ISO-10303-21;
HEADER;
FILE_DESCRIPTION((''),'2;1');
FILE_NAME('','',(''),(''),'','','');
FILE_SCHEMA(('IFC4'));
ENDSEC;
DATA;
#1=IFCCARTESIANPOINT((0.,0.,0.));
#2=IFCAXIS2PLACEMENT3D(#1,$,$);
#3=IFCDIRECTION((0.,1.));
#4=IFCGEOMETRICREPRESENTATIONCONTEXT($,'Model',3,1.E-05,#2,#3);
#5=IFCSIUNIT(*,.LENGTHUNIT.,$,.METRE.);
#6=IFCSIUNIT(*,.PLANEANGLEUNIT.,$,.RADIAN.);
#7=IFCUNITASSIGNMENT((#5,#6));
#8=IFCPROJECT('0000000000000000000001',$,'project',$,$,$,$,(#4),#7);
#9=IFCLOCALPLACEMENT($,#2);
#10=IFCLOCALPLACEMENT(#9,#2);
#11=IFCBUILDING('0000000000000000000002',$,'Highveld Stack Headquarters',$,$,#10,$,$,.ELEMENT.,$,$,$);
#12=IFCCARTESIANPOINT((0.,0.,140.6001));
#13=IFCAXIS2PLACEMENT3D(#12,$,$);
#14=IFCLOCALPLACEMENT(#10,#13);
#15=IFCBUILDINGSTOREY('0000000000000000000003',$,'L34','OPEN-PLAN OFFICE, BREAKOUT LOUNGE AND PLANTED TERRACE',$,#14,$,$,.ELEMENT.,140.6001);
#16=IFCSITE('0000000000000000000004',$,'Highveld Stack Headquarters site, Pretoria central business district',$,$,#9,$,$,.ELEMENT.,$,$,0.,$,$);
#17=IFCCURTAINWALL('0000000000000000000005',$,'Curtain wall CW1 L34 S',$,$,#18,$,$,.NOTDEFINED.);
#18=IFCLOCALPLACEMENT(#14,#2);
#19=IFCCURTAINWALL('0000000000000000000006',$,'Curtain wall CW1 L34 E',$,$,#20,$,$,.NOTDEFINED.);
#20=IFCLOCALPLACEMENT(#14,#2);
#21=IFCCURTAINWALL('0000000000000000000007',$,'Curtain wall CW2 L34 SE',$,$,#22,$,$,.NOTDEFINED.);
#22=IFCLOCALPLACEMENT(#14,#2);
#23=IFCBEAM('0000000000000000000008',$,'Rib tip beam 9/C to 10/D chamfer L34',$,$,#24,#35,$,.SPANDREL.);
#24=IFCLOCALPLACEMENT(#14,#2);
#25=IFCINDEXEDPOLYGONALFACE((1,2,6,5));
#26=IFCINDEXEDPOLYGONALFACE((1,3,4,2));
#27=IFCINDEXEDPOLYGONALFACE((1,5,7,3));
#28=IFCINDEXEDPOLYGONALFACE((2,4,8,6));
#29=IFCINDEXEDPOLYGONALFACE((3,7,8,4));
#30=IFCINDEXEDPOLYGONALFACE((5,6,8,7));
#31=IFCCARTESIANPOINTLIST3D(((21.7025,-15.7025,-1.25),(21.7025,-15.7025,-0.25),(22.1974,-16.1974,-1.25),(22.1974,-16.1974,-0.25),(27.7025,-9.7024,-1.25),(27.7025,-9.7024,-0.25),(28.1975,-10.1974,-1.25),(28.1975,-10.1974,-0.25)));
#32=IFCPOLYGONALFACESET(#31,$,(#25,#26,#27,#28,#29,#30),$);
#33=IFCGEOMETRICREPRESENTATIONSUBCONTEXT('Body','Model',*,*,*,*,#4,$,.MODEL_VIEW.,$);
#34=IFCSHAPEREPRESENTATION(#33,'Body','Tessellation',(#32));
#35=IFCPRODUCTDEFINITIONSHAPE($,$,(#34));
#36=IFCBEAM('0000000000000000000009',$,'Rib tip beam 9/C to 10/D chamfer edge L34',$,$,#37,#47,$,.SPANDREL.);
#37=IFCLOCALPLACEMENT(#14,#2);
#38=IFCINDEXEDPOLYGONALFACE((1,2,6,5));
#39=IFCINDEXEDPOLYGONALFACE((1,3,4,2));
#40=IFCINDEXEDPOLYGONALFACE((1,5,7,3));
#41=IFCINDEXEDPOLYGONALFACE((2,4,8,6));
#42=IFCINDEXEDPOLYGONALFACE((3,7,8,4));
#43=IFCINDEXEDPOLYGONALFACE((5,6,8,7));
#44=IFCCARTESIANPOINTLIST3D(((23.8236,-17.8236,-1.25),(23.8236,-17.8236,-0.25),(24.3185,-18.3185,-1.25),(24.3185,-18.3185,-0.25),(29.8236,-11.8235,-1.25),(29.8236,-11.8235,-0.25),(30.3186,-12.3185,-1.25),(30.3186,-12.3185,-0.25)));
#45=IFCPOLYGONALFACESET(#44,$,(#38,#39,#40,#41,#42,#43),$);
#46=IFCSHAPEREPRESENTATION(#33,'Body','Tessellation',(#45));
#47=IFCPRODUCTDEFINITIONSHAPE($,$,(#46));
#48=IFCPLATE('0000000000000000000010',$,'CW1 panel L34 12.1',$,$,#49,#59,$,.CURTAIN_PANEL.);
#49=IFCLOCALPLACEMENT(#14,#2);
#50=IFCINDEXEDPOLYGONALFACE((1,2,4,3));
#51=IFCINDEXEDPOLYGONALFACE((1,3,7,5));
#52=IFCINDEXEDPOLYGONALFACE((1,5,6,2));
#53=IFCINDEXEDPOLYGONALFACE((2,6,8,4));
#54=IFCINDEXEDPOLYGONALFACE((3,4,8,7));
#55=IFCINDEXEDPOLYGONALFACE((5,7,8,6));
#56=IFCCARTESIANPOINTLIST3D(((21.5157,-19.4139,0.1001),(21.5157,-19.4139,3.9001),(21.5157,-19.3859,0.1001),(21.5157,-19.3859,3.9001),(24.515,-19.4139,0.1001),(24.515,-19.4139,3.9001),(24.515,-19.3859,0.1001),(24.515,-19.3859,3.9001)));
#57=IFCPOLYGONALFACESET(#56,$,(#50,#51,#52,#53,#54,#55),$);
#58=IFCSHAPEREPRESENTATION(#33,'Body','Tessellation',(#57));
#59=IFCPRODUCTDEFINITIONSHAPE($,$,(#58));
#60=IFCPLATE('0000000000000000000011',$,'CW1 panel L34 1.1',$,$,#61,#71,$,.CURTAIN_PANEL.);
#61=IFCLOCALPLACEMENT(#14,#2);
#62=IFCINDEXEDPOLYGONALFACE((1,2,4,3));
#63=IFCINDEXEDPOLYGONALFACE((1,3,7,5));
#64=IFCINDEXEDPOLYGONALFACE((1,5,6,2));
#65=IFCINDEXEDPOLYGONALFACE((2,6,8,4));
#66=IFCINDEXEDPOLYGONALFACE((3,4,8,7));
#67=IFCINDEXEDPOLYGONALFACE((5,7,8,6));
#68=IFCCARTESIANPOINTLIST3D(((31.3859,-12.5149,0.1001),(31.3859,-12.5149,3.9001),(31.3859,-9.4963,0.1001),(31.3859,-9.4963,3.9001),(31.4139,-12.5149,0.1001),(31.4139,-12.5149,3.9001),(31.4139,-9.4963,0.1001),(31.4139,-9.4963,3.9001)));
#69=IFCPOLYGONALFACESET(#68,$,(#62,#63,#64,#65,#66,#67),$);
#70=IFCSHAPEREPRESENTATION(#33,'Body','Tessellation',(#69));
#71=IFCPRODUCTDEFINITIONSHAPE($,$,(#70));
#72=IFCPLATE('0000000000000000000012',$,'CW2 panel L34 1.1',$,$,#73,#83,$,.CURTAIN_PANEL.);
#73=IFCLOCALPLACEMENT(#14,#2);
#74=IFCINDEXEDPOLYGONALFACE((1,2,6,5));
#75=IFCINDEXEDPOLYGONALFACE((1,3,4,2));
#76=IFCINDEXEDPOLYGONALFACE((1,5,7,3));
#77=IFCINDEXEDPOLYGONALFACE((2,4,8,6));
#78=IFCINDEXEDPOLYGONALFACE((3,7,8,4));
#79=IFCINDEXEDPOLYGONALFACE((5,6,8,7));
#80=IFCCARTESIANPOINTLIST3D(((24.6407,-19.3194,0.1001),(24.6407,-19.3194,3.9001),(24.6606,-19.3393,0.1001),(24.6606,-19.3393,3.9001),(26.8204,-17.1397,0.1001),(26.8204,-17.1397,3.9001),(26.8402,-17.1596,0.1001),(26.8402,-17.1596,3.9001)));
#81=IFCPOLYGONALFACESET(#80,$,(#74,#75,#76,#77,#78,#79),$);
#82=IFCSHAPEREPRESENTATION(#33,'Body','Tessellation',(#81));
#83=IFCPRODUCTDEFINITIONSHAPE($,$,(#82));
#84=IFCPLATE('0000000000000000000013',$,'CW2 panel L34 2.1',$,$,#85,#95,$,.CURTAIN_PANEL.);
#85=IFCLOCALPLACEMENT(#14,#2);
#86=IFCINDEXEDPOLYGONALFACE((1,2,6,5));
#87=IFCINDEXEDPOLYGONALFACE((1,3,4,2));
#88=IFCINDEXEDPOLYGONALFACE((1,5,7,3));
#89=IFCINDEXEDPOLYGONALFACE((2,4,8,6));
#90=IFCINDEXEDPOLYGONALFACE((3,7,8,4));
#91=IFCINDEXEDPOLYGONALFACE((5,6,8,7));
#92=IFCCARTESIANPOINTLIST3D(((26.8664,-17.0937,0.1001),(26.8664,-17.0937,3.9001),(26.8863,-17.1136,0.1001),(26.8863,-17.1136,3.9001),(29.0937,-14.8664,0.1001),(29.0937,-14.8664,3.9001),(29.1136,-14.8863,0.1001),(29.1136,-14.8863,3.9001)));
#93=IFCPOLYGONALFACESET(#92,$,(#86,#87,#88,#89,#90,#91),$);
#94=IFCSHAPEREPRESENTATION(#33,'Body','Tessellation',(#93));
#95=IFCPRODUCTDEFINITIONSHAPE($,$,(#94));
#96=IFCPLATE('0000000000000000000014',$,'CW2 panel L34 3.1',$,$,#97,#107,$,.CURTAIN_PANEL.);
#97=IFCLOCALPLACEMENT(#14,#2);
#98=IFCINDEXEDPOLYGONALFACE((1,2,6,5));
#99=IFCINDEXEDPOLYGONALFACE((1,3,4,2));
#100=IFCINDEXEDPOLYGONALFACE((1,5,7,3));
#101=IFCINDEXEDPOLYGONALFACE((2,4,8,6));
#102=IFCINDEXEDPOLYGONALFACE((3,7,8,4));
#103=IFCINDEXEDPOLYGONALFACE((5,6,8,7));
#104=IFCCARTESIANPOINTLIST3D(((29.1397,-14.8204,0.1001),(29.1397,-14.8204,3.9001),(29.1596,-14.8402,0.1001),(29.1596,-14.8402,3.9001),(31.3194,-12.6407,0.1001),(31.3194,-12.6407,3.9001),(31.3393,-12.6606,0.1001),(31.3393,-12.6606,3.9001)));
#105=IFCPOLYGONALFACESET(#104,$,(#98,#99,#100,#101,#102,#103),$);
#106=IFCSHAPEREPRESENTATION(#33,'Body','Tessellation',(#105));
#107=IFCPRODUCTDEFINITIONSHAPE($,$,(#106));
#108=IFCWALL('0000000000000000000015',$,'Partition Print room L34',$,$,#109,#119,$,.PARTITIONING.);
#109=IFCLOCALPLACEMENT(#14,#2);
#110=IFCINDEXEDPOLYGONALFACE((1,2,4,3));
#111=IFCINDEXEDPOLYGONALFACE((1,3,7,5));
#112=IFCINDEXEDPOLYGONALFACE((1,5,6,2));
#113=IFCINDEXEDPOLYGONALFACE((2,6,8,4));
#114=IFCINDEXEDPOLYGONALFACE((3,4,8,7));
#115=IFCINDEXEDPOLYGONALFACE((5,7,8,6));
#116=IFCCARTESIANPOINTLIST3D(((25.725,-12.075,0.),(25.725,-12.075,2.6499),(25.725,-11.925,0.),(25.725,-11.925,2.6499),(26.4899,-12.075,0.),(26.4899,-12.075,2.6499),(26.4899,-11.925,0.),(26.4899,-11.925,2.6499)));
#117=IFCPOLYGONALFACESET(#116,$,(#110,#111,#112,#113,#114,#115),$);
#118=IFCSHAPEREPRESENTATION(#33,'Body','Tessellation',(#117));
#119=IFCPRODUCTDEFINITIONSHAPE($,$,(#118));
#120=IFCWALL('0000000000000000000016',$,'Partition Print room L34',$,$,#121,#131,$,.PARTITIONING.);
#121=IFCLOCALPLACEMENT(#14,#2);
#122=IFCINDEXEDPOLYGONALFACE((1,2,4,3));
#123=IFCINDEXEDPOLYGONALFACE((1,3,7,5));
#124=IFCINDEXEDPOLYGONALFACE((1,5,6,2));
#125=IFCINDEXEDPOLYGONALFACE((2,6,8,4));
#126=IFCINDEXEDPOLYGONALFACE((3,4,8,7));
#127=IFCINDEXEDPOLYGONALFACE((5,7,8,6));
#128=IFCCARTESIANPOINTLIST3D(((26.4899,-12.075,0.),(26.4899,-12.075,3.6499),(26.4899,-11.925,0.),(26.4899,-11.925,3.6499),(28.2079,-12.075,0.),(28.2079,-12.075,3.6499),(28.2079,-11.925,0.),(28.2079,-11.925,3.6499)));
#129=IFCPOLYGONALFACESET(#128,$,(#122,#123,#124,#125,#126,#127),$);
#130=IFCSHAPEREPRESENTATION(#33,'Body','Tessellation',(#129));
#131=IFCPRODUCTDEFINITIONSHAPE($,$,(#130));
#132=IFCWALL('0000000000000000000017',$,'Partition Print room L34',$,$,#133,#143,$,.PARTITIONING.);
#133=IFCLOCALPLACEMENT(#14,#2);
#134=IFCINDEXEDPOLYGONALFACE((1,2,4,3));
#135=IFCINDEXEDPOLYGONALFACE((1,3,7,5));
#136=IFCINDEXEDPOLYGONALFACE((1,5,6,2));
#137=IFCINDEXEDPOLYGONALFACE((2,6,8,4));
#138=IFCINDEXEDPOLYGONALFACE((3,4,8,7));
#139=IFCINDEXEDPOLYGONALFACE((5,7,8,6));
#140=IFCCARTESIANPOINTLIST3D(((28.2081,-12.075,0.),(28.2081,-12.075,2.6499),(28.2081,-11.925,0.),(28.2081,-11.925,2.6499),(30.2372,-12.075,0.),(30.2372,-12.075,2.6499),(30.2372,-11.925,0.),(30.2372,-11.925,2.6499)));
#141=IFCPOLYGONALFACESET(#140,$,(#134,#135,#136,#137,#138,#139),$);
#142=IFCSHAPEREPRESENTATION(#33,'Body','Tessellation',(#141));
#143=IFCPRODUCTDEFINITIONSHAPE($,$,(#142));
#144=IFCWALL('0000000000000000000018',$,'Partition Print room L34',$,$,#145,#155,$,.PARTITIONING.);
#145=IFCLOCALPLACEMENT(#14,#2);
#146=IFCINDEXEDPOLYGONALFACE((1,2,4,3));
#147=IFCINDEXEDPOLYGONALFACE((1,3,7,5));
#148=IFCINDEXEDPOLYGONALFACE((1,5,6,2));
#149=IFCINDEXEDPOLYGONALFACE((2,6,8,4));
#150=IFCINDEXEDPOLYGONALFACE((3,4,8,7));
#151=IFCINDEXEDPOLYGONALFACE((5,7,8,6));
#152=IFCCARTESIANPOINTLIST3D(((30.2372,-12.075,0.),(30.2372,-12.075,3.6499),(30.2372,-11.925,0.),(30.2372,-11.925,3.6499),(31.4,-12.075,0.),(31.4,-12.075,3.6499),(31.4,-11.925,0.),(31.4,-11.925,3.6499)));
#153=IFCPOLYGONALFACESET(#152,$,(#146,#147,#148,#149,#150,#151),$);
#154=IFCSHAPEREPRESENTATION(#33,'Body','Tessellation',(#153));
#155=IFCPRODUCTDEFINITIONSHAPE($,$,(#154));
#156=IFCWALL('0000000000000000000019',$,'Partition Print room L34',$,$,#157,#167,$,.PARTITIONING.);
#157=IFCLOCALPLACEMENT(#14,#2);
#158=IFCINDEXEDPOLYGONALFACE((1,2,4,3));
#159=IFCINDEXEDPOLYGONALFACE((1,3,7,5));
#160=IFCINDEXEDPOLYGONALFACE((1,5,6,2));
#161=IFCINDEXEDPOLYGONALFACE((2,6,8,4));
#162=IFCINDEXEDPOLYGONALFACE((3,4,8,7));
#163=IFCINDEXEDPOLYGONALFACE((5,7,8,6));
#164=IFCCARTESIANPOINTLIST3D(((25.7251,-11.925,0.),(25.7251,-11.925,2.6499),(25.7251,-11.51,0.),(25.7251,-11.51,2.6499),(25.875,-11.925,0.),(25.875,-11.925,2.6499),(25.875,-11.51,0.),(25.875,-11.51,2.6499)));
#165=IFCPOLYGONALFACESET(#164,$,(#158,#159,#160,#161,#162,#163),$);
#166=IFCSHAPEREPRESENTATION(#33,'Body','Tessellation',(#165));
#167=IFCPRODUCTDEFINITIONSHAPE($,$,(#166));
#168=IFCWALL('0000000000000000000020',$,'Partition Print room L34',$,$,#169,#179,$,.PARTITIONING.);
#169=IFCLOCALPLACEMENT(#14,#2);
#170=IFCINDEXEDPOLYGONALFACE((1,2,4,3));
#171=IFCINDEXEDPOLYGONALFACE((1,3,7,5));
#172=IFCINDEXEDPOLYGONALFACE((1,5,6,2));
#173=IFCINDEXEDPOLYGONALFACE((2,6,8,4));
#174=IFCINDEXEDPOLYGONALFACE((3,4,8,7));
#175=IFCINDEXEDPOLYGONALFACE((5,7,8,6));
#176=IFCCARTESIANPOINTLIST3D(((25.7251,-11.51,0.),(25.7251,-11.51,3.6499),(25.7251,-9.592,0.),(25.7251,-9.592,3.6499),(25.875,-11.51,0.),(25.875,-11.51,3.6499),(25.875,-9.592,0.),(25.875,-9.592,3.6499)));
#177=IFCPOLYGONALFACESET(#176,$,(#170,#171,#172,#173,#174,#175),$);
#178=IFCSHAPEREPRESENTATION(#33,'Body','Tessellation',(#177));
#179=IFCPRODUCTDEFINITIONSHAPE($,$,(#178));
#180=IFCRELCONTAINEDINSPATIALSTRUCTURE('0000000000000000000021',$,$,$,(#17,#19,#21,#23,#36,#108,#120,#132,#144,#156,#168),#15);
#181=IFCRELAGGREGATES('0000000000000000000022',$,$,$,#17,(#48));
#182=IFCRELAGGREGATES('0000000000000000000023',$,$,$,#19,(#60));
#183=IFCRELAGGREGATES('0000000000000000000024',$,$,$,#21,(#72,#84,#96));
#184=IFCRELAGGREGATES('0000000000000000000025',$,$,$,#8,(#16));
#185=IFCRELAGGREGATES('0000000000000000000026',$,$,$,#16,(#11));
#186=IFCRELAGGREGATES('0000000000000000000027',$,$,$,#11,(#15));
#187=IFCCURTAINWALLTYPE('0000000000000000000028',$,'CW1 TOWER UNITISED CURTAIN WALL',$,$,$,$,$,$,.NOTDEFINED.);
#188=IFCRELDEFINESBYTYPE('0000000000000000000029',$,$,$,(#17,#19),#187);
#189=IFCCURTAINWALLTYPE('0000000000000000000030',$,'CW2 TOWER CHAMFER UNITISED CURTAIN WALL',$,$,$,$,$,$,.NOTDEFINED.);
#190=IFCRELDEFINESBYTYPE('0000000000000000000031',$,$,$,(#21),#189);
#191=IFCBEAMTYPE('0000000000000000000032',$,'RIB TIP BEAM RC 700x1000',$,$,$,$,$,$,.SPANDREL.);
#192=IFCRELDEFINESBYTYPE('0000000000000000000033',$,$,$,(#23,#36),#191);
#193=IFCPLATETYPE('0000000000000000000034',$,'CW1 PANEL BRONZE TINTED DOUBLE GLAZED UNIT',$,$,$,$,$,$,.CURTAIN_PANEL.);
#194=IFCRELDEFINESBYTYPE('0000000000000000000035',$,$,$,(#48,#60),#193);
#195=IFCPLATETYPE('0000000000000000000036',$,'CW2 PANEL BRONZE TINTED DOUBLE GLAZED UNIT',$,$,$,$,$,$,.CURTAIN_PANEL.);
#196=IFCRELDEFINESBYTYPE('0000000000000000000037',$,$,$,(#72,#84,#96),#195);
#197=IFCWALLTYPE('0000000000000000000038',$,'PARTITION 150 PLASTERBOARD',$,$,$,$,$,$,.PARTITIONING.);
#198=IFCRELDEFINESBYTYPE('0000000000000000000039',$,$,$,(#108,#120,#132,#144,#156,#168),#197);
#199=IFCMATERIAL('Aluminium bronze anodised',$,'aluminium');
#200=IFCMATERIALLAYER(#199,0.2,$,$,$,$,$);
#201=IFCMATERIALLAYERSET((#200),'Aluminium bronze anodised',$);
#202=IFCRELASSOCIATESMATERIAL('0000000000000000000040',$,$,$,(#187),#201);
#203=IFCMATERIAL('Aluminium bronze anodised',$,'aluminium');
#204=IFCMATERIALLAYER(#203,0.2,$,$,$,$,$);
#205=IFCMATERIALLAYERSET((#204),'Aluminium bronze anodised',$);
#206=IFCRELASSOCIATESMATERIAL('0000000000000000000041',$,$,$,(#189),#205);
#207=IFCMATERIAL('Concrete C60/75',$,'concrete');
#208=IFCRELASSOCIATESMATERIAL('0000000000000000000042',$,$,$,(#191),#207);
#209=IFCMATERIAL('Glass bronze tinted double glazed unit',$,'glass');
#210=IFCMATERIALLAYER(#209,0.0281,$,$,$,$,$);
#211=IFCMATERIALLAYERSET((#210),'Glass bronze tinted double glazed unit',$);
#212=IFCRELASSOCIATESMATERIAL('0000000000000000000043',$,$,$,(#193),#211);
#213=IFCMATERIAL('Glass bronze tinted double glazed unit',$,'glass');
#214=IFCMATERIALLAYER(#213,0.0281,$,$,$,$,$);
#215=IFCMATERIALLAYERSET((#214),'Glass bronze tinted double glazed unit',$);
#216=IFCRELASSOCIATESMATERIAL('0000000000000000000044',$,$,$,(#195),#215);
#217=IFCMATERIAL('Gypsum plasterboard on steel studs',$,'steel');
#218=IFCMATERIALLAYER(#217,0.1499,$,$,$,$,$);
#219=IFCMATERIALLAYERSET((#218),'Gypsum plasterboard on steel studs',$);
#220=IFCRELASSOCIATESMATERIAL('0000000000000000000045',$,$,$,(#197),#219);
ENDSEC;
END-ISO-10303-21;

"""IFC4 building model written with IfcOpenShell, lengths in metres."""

from ifc_helpers import new_model, si_unit, direction, frame, frame_2d, origin, origin_2d, place, context, subcontext, project, spatial, rectangle, extrude, material, layer, layer_set, material_profile, profile_set, type_object, element, aggregate, save


model = new_model("IFC4")

# Units and contexts
model_context = context("Model", 3, precision=1e-05, world=origin(), true_north=direction((0.0, 1.0)))
body_context = subcontext(model_context, "Body", "Model", "MODEL_VIEW")
ifc_project = project(units=[si_unit("LENGTHUNIT", "METRE"), si_unit("PLANEANGLEUNIT", "RADIAN")], contexts=[model_context])

# Site, building, storey
site_placement = place(None, origin())
site = spatial("IfcSite", under=ifc_project, at=site_placement, Name="Highveld Stack Headquarters site, Pretoria central business district", CompositionType="ELEMENT", RefElevation=0.0)
building_placement = place(site_placement, origin())
building = spatial("IfcBuilding", under=site, at=building_placement, Name="Highveld Stack Headquarters", CompositionType="ELEMENT")
storey_placement = place(building_placement, frame((0.0, 0.0, 140.6001)))
storey = spatial("IfcBuildingStorey", under=building, at=storey_placement, Name="L34", Description="OPEN-PLAN OFFICE, BREAKOUT LOUNGE AND PLANTED TERRACE", CompositionType="ELEMENT", Elevation=140.6001)

# Curtain walls
ifc_material_1 = material(Name="Aluminium bronze anodised", Category="aluminium")
ifc_layer_1 = layer(ifc_material_1, 0.2)
ifc_layer_set_1 = layer_set([ifc_layer_1], Name="Aluminium bronze anodised")
curtain_wall_type_1 = type_object("IfcCurtainWallType", Name="CW1 TOWER UNITISED CURTAIN WALL", PredefinedType="NOTDEFINED", material=ifc_layer_set_1)
curtain_wall_1_placement = place(storey_placement, origin())
curtain_wall_1 = element("IfcCurtainWall", 1, at=curtain_wall_1_placement, inside=storey, type_object=curtain_wall_type_1, Name="Curtain wall CW1 L34 S", PredefinedType="NOTDEFINED")
curtain_wall_2_placement = place(storey_placement, origin())
curtain_wall_2 = element("IfcCurtainWall", 2, at=curtain_wall_2_placement, inside=storey, type_object=curtain_wall_type_1, Name="Curtain wall CW1 L34 E", PredefinedType="NOTDEFINED")

# Curtain wall
ifc_material_2 = material(Name="Aluminium bronze anodised", Category="aluminium")
ifc_layer_2 = layer(ifc_material_2, 0.2)
ifc_layer_set_2 = layer_set([ifc_layer_2], Name="Aluminium bronze anodised")
curtain_wall_type_2 = type_object("IfcCurtainWallType", Name="CW2 TOWER CHAMFER UNITISED CURTAIN WALL", PredefinedType="NOTDEFINED", material=ifc_layer_set_2)
curtain_wall_3_placement = place(storey_placement, origin())
curtain_wall_3 = element("IfcCurtainWall", 3, at=curtain_wall_3_placement, inside=storey, type_object=curtain_wall_type_2, Name="Curtain wall CW2 L34 SE", PredefinedType="NOTDEFINED")

# Beams
ifc_material_3 = material(Name="Concrete C60/75", Category="concrete")
ifc_material_profile_1 = material_profile(ifc_material_3, rectangle(XDim=0.7, YDim=1.0, at=origin_2d()), Name="RC 700x1000")
ifc_profile_set_1 = profile_set([ifc_material_profile_1], Name="Concrete C60/75")
beam_type = type_object("IfcBeamType", Name="RIB TIP BEAM RC 700x1000", PredefinedType="SPANDREL", material=ifc_profile_set_1)
for number, where, z_axis, x_axis, name in (
    (4, (21.95, -15.95, -0.75), (0.707107, 0.707107, 0.0), (-0.707107, 0.707107, 0.0), "Rib tip beam 9/C to 10/D chamfer L34"),
    (5, (24.071, -18.071, -0.75), (0.707107, 0.707107, 0.0), (-0.707107, 0.707107, 0.0), "Rib tip beam 9/C to 10/D chamfer edge L34"),
):
    element("IfcBeam", number, at=place(storey_placement, frame(where, z_axis=z_axis, x_axis=x_axis)), inside=storey, type_object=beam_type, Name=name, PredefinedType="SPANDREL", context=body_context, shape_type="SweptSolid", body=[
        extrude(rectangle(XDim=0.7, YDim=1.0, at=origin_2d()), origin(), (0.0, 0.0, 1.0), 8.4854),
    ])

# Plates
ifc_material_4 = material(Name="Glass bronze tinted double glazed unit", Category="glass")
ifc_layer_3 = layer(ifc_material_4, 0.0281)
ifc_layer_set_3 = layer_set([ifc_layer_3], Name="Glass bronze tinted double glazed unit")
plate_type_1 = type_object("IfcPlateType", Name="CW1 PANEL BRONZE TINTED DOUBLE GLAZED UNIT", PredefinedType="CURTAIN_PANEL", material=ifc_layer_set_3)
plate_1_placement = place(storey_placement, frame((23.0154, -19.3999, 0.1001), z_axis=(0.0, 0.0, 1.0), x_axis=(1.0, 0.0, 0.0)))
plate_1 = element("IfcPlate", 6, at=plate_1_placement, type_object=plate_type_1, Name="CW1 panel L34 12.1", PredefinedType="CURTAIN_PANEL", context=body_context, shape_type="SweptSolid", body=[
    extrude(rectangle(XDim=2.9993, YDim=0.0281, at=origin_2d()), origin(), (0.0, 0.0, 1.0), 3.8),
])
aggregate(curtain_wall_1, [plate_1])
plate_2_placement = place(storey_placement, frame((31.3999, -11.0056, 0.1001), z_axis=(0.0, 0.0, 1.0), x_axis=(0.0, 1.0, 0.0)))
plate_2 = element("IfcPlate", 7, at=plate_2_placement, type_object=plate_type_1, Name="CW1 panel L34 1.1", PredefinedType="CURTAIN_PANEL", context=body_context, shape_type="SweptSolid", body=[
    extrude(rectangle(XDim=3.0186, YDim=0.0281, at=origin_2d()), origin(), (0.0, 0.0, 1.0), 3.8),
])
aggregate(curtain_wall_2, [plate_2])
ifc_material_5 = material(Name="Glass bronze tinted double glazed unit", Category="glass")
ifc_layer_4 = layer(ifc_material_5, 0.0281)
ifc_layer_set_4 = layer_set([ifc_layer_4], Name="Glass bronze tinted double glazed unit")
plate_type_2 = type_object("IfcPlateType", Name="CW2 PANEL BRONZE TINTED DOUBLE GLAZED UNIT", PredefinedType="CURTAIN_PANEL", material=ifc_layer_set_4)
plate_3_placement = place(storey_placement, frame((25.7405, -18.2395, 0.1001), z_axis=(0.0, 0.0, 1.0), x_axis=(0.707107, 0.707107, 0.0)))
plate_3 = element("IfcPlate", 8, at=plate_3_placement, type_object=plate_type_2, Name="CW2 panel L34 1.1", PredefinedType="CURTAIN_PANEL", context=body_context, shape_type="SweptSolid", body=[
    extrude(rectangle(XDim=3.0825, YDim=0.0281, at=origin_2d()), origin(), (0.0, 0.0, 1.0), 3.8),
])
plate_4_placement = place(storey_placement, frame((27.99, -15.99, 0.1001), z_axis=(0.0, 0.0, 1.0), x_axis=(0.707107, 0.707107, 0.0)))
plate_4 = element("IfcPlate", 9, at=plate_4_placement, type_object=plate_type_2, Name="CW2 panel L34 2.1", PredefinedType="CURTAIN_PANEL", context=body_context, shape_type="SweptSolid", body=[
    extrude(rectangle(XDim=3.1499, YDim=0.0281, at=origin_2d()), origin(), (0.0, 0.0, 1.0), 3.8),
])
plate_5_placement = place(storey_placement, frame((30.2395, -13.7405, 0.1001), z_axis=(0.0, 0.0, 1.0), x_axis=(0.707107, 0.707107, 0.0)))
plate_5 = element("IfcPlate", 10, at=plate_5_placement, type_object=plate_type_2, Name="CW2 panel L34 3.1", PredefinedType="CURTAIN_PANEL", context=body_context, shape_type="SweptSolid", body=[
    extrude(rectangle(XDim=3.0825, YDim=0.0281, at=origin_2d()), origin(), (0.0, 0.0, 1.0), 3.8),
])
aggregate(curtain_wall_3, [plate_3, plate_4, plate_5])

# Walls
ifc_material_6 = material(Name="Gypsum plasterboard on steel studs", Category="steel")
ifc_layer_5 = layer(ifc_material_6, 0.1499)
ifc_layer_set_5 = layer_set([ifc_layer_5], Name="Gypsum plasterboard on steel studs")
wall_type = type_object("IfcWallType", Name="PARTITION 150 PLASTERBOARD", PredefinedType="PARTITIONING", material=ifc_layer_set_5)
wall_1_placement = place(storey_placement, frame((25.7251, -12.0, 0.0), z_axis=(0.0, 0.0, 1.0), x_axis=(1.0, 0.0, 0.0)))
element("IfcWall", 11, at=wall_1_placement, inside=storey, type_object=wall_type, Name="Partition Print room L34", PredefinedType="PARTITIONING", context=body_context, shape_type="SweptSolid", body=[
    extrude(rectangle(XDim=0.7649, YDim=0.1499, at=frame_2d((0.3823, 0.0))), origin(), (0.0, 0.0, 1.0), 2.6499),
])
wall_2_placement = place(storey_placement, frame((26.49, -12.0, 0.0), z_axis=(0.0, 0.0, 1.0), x_axis=(1.0, 0.0, 0.0)))
element("IfcWall", 12, at=wall_2_placement, inside=storey, type_object=wall_type, Name="Partition Print room L34", PredefinedType="PARTITIONING", context=body_context, shape_type="SweptSolid", body=[
    extrude(rectangle(XDim=1.718, YDim=0.1499, at=frame_2d((0.8589, 0.0))), origin(), (0.0, 0.0, 1.0), 3.6499),
])
wall_3_placement = place(storey_placement, frame((28.208, -12.0, 0.0), z_axis=(0.0, 0.0, 1.0), x_axis=(1.0, 0.0, 0.0)))
element("IfcWall", 13, at=wall_3_placement, inside=storey, type_object=wall_type, Name="Partition Print room L34", PredefinedType="PARTITIONING", context=body_context, shape_type="SweptSolid", body=[
    extrude(rectangle(XDim=2.0291, YDim=0.1499, at=frame_2d((1.0146, 0.0))), origin(), (0.0, 0.0, 1.0), 2.6499),
])
wall_4_placement = place(storey_placement, frame((30.2371, -12.0, 0.0), z_axis=(0.0, 0.0, 1.0), x_axis=(1.0, 0.0, 0.0)))
element("IfcWall", 14, at=wall_4_placement, inside=storey, type_object=wall_type, Name="Partition Print room L34", PredefinedType="PARTITIONING", context=body_context, shape_type="SweptSolid", body=[
    extrude(rectangle(XDim=1.1628, YDim=0.1499, at=frame_2d((0.5815, 0.0))), origin(), (0.0, 0.0, 1.0), 3.6499),
])
wall_5_placement = place(storey_placement, frame((25.8, -11.925, 0.0), z_axis=(0.0, 0.0, 1.0), x_axis=(0.0, 1.0, 0.0)))
element("IfcWall", 15, at=wall_5_placement, inside=storey, type_object=wall_type, Name="Partition Print room L34", PredefinedType="PARTITIONING", context=body_context, shape_type="SweptSolid", body=[
    extrude(rectangle(XDim=0.415, YDim=0.1499, at=frame_2d((0.2075, 0.0))), origin(), (0.0, 0.0, 1.0), 2.6499),
])
wall_6_placement = place(storey_placement, frame((25.8, -11.51, 0.0), z_axis=(0.0, 0.0, 1.0), x_axis=(0.0, 1.0, 0.0)))
element("IfcWall", 16, at=wall_6_placement, inside=storey, type_object=wall_type, Name="Partition Print room L34", PredefinedType="PARTITIONING", context=body_context, shape_type="SweptSolid", body=[
    extrude(rectangle(XDim=1.918, YDim=0.1499, at=frame_2d((0.959, 0.0))), origin(), (0.0, 0.0, 1.0), 3.6499),
])

save(model, "model.ifc")
